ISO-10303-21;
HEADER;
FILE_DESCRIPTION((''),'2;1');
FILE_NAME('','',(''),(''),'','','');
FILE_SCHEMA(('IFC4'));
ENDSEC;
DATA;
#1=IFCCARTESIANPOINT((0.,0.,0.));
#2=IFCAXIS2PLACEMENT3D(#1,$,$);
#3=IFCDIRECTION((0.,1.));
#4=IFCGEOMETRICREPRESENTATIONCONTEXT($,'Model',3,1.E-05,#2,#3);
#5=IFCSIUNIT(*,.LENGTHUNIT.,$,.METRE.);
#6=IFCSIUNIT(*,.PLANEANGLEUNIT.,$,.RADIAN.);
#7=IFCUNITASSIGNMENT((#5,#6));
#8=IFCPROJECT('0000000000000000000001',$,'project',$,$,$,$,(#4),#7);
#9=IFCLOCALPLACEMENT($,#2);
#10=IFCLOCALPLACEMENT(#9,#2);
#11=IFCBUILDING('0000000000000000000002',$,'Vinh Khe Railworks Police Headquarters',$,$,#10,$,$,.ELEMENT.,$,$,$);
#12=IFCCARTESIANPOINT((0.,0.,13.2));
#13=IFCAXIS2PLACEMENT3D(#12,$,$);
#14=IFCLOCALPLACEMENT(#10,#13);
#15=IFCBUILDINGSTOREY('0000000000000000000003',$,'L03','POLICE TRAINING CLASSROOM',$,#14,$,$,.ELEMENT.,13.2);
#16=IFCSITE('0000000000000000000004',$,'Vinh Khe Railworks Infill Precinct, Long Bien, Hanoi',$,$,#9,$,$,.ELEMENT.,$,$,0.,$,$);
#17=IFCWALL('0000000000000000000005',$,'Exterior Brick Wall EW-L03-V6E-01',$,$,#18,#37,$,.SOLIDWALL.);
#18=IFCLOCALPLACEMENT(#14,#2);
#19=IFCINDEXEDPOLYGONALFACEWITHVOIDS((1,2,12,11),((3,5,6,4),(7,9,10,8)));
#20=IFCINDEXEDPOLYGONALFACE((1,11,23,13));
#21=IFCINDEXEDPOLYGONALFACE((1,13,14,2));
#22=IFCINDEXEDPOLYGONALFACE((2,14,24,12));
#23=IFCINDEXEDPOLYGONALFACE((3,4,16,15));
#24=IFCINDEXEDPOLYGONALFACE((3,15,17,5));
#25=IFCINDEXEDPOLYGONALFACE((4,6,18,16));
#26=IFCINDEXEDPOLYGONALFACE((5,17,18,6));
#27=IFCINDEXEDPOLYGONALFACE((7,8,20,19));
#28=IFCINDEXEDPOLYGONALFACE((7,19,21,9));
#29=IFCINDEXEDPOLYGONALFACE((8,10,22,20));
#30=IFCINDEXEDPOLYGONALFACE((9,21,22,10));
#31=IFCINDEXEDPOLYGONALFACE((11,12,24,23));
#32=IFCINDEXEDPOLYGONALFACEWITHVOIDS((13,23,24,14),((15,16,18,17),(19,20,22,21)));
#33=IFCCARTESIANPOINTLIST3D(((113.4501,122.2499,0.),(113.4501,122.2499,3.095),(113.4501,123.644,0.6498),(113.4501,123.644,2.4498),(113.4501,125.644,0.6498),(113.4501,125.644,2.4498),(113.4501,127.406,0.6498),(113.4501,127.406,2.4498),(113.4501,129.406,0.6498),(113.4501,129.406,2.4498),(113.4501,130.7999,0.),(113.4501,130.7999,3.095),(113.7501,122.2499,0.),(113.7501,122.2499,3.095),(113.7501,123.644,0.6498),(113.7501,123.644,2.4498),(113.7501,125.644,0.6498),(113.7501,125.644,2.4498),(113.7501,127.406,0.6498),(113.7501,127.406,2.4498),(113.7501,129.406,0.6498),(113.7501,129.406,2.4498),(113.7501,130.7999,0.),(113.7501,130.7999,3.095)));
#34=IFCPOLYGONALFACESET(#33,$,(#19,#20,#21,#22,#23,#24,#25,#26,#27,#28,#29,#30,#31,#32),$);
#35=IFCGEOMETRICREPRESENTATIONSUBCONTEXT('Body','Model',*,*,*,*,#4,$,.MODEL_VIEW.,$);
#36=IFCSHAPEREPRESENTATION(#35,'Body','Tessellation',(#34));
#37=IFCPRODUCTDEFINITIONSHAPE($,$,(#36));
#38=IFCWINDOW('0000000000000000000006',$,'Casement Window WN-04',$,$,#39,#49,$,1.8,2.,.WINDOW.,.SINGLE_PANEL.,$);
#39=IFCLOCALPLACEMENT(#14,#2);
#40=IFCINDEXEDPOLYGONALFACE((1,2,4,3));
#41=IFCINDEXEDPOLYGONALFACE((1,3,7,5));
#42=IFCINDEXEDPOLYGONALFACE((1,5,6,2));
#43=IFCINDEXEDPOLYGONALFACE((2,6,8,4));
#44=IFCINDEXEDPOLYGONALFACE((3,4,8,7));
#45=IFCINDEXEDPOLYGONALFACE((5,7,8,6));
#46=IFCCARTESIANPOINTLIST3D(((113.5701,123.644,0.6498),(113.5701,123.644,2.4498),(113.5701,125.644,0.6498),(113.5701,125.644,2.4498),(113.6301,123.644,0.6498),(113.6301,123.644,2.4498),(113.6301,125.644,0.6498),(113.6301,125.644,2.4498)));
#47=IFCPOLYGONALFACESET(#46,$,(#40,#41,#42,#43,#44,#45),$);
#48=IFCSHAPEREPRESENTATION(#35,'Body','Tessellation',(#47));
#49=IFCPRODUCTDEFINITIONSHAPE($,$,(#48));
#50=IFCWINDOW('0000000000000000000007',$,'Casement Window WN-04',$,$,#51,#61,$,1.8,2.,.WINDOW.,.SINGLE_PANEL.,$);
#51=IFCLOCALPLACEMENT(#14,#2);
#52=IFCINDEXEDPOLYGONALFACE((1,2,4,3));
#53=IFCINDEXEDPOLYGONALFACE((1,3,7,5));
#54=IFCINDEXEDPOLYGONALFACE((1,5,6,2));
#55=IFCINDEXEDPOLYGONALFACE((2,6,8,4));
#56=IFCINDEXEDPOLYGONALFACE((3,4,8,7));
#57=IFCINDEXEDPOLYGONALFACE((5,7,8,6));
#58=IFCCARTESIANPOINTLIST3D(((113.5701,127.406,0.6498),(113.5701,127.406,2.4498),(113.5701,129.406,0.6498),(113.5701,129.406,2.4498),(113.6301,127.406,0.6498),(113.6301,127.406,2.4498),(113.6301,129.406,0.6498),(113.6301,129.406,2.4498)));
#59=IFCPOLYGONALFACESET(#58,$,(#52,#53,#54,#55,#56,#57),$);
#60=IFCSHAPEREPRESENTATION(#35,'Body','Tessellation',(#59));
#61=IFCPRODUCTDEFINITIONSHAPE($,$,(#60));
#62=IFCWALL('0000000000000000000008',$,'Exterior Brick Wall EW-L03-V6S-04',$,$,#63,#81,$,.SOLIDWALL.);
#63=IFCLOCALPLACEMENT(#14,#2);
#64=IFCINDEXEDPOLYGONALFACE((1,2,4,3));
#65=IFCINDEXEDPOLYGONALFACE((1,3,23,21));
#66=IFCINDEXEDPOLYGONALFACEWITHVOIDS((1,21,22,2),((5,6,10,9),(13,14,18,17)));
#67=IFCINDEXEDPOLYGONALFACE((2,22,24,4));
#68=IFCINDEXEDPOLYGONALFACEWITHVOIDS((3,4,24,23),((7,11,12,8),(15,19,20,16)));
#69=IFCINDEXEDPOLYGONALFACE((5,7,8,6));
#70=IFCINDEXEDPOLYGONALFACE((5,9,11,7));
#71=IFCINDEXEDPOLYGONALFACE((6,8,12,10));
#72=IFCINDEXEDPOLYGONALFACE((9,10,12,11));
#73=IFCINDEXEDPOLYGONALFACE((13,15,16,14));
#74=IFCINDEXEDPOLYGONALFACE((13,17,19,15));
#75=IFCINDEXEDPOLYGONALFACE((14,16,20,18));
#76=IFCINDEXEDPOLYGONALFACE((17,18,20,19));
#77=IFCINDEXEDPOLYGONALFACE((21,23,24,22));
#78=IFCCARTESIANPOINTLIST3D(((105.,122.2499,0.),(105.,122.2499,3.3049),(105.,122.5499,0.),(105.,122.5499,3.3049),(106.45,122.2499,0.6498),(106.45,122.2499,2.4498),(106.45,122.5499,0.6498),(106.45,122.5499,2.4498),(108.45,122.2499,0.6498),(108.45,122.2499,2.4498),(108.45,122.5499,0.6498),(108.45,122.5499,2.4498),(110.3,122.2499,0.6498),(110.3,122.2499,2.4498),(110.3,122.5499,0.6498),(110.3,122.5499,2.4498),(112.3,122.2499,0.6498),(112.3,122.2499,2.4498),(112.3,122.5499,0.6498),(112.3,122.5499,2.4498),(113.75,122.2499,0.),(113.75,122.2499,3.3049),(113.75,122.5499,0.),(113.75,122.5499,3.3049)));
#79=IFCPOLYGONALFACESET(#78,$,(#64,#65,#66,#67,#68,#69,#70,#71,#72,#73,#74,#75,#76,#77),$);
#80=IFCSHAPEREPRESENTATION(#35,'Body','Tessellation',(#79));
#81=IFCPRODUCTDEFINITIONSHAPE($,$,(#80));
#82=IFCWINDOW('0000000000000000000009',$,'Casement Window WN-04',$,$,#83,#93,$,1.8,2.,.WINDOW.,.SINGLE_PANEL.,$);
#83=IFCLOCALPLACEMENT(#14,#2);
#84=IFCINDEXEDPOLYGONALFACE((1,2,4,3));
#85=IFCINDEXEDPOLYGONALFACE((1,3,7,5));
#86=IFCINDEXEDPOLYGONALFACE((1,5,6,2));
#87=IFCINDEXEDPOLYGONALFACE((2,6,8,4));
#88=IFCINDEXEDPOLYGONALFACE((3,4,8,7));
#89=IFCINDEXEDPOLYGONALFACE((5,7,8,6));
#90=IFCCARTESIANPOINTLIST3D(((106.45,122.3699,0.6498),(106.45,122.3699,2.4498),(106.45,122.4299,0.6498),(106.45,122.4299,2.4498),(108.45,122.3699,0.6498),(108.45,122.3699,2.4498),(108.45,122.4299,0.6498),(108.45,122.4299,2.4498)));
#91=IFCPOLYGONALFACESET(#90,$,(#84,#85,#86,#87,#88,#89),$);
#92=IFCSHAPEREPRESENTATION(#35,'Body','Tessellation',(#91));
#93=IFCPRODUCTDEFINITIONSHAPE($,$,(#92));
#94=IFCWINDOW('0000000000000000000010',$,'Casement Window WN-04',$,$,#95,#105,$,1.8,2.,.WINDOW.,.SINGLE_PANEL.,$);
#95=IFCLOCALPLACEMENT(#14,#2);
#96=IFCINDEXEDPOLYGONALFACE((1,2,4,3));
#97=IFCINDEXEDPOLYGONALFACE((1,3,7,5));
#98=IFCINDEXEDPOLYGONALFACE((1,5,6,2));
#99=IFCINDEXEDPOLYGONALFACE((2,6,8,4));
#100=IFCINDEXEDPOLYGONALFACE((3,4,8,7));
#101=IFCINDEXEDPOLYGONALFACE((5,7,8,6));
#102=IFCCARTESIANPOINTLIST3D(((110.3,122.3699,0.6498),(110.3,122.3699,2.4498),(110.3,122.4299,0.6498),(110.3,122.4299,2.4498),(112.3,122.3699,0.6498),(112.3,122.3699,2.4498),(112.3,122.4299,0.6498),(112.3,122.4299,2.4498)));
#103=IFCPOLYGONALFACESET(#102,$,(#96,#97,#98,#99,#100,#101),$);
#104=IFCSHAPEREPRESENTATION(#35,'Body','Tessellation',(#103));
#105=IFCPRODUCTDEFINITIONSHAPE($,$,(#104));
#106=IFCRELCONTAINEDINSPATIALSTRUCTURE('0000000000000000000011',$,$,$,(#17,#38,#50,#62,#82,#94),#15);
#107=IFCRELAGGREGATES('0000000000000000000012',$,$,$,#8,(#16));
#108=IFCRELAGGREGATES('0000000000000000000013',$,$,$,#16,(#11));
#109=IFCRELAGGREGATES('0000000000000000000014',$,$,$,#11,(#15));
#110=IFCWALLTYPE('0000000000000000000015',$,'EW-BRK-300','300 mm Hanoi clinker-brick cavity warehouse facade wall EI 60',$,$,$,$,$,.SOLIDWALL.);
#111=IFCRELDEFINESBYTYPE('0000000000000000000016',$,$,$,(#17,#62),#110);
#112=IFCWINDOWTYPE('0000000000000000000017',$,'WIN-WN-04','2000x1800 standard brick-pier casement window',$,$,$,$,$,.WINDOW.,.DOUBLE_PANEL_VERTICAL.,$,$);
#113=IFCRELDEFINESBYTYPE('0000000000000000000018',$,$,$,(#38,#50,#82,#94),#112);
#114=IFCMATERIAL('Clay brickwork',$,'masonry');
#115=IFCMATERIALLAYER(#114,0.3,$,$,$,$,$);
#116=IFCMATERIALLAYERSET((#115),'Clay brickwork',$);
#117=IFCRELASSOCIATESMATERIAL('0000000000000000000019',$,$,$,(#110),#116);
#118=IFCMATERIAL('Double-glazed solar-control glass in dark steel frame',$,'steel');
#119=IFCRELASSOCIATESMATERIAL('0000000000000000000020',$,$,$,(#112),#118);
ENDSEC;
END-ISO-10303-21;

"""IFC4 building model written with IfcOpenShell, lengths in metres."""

from ifc_helpers import new_model, si_unit, direction, frame, frame_2d, origin, place, context, subcontext, project, spatial, rectangle, extrude, material, layer, layer_set, type_object, element, fill, save


model = new_model("IFC4")

# Units and contexts
model_context = context("Model", 3, precision=1e-05, world=origin(), true_north=direction((0.0, 1.0)))
body_context = subcontext(model_context, "Body", "Model", "MODEL_VIEW")
ifc_project = project(units=[si_unit("LENGTHUNIT", "METRE"), si_unit("PLANEANGLEUNIT", "RADIAN")], contexts=[model_context])

# Site, building, storey
site_placement = place(None, origin())
site = spatial("IfcSite", under=ifc_project, at=site_placement, Name="Vinh Khe Railworks Infill Precinct, Long Bien, Hanoi", CompositionType="ELEMENT", RefElevation=0.0)
building_placement = place(site_placement, origin())
building = spatial("IfcBuilding", under=site, at=building_placement, Name="Vinh Khe Railworks Police Headquarters", CompositionType="ELEMENT")
storey_placement = place(building_placement, frame((0.0, 0.0, 13.2)))
storey = spatial("IfcBuildingStorey", under=building, at=storey_placement, Name="L03", Description="POLICE TRAINING CLASSROOM", CompositionType="ELEMENT", Elevation=13.2)

# Walls, openings, windows
ifc_material_1 = material(Name="Clay brickwork", Category="masonry")
ifc_layer = layer(ifc_material_1, 0.3)
ifc_layer_set = layer_set([ifc_layer], Name="Clay brickwork")
wall_type = type_object("IfcWallType", Name="EW-BRK-300", Description="300 mm Hanoi clinker-brick cavity warehouse facade wall EI 60", PredefinedType="SOLIDWALL", material=ifc_layer_set)
wall_1_placement = place(storey_placement, frame((113.6001, 122.25, 0.0), z_axis=(0.0, 0.0, 1.0), x_axis=(0.0, 1.0, 0.0)))
wall_1 = element("IfcWall", 1, at=wall_1_placement, inside=storey, type_object=wall_type, Name="Exterior Brick Wall EW-L03-V6E-01", PredefinedType="SOLIDWALL", context=body_context, shape_type="SweptSolid", body=[
    extrude(rectangle(XDim=8.55, YDim=0.3, at=frame_2d((4.2749, 0.0))), origin(), (0.0, 0.0, 1.0), 3.095),
])
opening_1_placement = place(wall_1_placement, frame((1.394, 0.0, 0.6499)))
opening_1 = element("IfcOpeningElement", 2, at=opening_1_placement, cuts=wall_1, PredefinedType="OPENING", context=body_context, shape_type="SweptSolid", body=[
    extrude(rectangle(XDim=2.0, YDim=1.8, at=frame_2d((1.0, 0.8999))), frame((0.0, 0.165, 0.0), z_axis=(0.0, -1.0, 0.0), x_axis=(1.0, 0.0, 0.0)), (0.0, 0.0, 1.0), 0.3298),
])
opening_2_placement = place(wall_1_placement, frame((5.156, 0.0, 0.6499)))
opening_2 = element("IfcOpeningElement", 3, at=opening_2_placement, cuts=wall_1, PredefinedType="OPENING", context=body_context, shape_type="SweptSolid", body=[
    extrude(rectangle(XDim=2.0, YDim=1.8, at=frame_2d((1.0, 0.8999))), frame((0.0, 0.165, 0.0), z_axis=(0.0, -1.0, 0.0), x_axis=(1.0, 0.0, 0.0)), (0.0, 0.0, 1.0), 0.3298),
])
ifc_material_2 = material(Name="Double-glazed solar-control glass in dark steel frame", Category="steel")
window_type = type_object("IfcWindowType", Name="WIN-WN-04", Description="2000x1800 standard brick-pier casement window", PartitioningType="DOUBLE_PANEL_VERTICAL", PredefinedType="WINDOW", material=ifc_material_2)
window_1_placement = place(opening_1_placement, origin())
window_1 = element("IfcWindow", 4, at=window_1_placement, inside=storey, type_object=window_type, Name="Casement Window WN-04", OverallHeight=1.8, OverallWidth=2.0, PartitioningType="SINGLE_PANEL", PredefinedType="WINDOW", context=body_context, shape_type="SweptSolid", body=[
    extrude(rectangle(XDim=2.0, YDim=1.8, at=frame_2d((1.0, 0.8999))), frame((0.0, 0.03, 0.0), z_axis=(0.0, -1.0, 0.0), x_axis=(1.0, 0.0, 0.0)), (0.0, 0.0, 1.0), 0.0601),
])
fill(opening_1, window_1)
window_2_placement = place(opening_2_placement, origin())
window_2 = element("IfcWindow", 5, at=window_2_placement, inside=storey, type_object=window_type, Name="Casement Window WN-04", OverallHeight=1.8, OverallWidth=2.0, PartitioningType="SINGLE_PANEL", PredefinedType="WINDOW", context=body_context, shape_type="SweptSolid", body=[
    extrude(rectangle(XDim=2.0, YDim=1.8, at=frame_2d((1.0, 0.8999))), frame((0.0, 0.03, 0.0), z_axis=(0.0, -1.0, 0.0), x_axis=(1.0, 0.0, 0.0)), (0.0, 0.0, 1.0), 0.0601),
])
fill(opening_2, window_2)
wall_2_placement = place(storey_placement, frame((105.0, 122.3999, 0.0), z_axis=(0.0, 0.0, 1.0), x_axis=(1.0, 0.0, 0.0)))
wall_2 = element("IfcWall", 6, at=wall_2_placement, inside=storey, type_object=wall_type, Name="Exterior Brick Wall EW-L03-V6S-04", PredefinedType="SOLIDWALL", context=body_context, shape_type="SweptSolid", body=[
    extrude(rectangle(XDim=8.75, YDim=0.3, at=frame_2d((4.375, 0.0))), origin(), (0.0, 0.0, 1.0), 3.3049),
])
opening_3_placement = place(wall_2_placement, frame((1.45, 0.0, 0.6499)))
opening_3 = element("IfcOpeningElement", 7, at=opening_3_placement, cuts=wall_2, PredefinedType="OPENING", context=body_context, shape_type="SweptSolid", body=[
    extrude(rectangle(XDim=2.0, YDim=1.8, at=frame_2d((1.0, 0.8999))), frame((0.0, 0.165, 0.0), z_axis=(0.0, -1.0, 0.0), x_axis=(1.0, 0.0, 0.0)), (0.0, 0.0, 1.0), 0.3298),
])
opening_4_placement = place(wall_2_placement, frame((5.3, 0.0, 0.6499)))
opening_4 = element("IfcOpeningElement", 8, at=opening_4_placement, cuts=wall_2, PredefinedType="OPENING", context=body_context, shape_type="SweptSolid", body=[
    extrude(rectangle(XDim=2.0, YDim=1.8, at=frame_2d((1.0, 0.8999))), frame((0.0, 0.165, 0.0), z_axis=(0.0, -1.0, 0.0), x_axis=(1.0, 0.0, 0.0)), (0.0, 0.0, 1.0), 0.3298),
])
window_3_placement = place(opening_3_placement, origin())
window_3 = element("IfcWindow", 9, at=window_3_placement, inside=storey, type_object=window_type, Name="Casement Window WN-04", OverallHeight=1.8, OverallWidth=2.0, PartitioningType="SINGLE_PANEL", PredefinedType="WINDOW", context=body_context, shape_type="SweptSolid", body=[
    extrude(rectangle(XDim=2.0, YDim=1.8, at=frame_2d((1.0, 0.8999))), frame((0.0, 0.03, 0.0), z_axis=(0.0, -1.0, 0.0), x_axis=(1.0, 0.0, 0.0)), (0.0, 0.0, 1.0), 0.0601),
])
fill(opening_3, window_3)
window_4_placement = place(opening_4_placement, origin())
window_4 = element("IfcWindow", 10, at=window_4_placement, inside=storey, type_object=window_type, Name="Casement Window WN-04", OverallHeight=1.8, OverallWidth=2.0, PartitioningType="SINGLE_PANEL", PredefinedType="WINDOW", context=body_context, shape_type="SweptSolid", body=[
    extrude(rectangle(XDim=2.0, YDim=1.8, at=frame_2d((1.0, 0.8999))), frame((0.0, 0.03, 0.0), z_axis=(0.0, -1.0, 0.0), x_axis=(1.0, 0.0, 0.0)), (0.0, 0.0, 1.0), 0.0601),
])
fill(opening_4, window_4)

save(model, "model.ifc")
